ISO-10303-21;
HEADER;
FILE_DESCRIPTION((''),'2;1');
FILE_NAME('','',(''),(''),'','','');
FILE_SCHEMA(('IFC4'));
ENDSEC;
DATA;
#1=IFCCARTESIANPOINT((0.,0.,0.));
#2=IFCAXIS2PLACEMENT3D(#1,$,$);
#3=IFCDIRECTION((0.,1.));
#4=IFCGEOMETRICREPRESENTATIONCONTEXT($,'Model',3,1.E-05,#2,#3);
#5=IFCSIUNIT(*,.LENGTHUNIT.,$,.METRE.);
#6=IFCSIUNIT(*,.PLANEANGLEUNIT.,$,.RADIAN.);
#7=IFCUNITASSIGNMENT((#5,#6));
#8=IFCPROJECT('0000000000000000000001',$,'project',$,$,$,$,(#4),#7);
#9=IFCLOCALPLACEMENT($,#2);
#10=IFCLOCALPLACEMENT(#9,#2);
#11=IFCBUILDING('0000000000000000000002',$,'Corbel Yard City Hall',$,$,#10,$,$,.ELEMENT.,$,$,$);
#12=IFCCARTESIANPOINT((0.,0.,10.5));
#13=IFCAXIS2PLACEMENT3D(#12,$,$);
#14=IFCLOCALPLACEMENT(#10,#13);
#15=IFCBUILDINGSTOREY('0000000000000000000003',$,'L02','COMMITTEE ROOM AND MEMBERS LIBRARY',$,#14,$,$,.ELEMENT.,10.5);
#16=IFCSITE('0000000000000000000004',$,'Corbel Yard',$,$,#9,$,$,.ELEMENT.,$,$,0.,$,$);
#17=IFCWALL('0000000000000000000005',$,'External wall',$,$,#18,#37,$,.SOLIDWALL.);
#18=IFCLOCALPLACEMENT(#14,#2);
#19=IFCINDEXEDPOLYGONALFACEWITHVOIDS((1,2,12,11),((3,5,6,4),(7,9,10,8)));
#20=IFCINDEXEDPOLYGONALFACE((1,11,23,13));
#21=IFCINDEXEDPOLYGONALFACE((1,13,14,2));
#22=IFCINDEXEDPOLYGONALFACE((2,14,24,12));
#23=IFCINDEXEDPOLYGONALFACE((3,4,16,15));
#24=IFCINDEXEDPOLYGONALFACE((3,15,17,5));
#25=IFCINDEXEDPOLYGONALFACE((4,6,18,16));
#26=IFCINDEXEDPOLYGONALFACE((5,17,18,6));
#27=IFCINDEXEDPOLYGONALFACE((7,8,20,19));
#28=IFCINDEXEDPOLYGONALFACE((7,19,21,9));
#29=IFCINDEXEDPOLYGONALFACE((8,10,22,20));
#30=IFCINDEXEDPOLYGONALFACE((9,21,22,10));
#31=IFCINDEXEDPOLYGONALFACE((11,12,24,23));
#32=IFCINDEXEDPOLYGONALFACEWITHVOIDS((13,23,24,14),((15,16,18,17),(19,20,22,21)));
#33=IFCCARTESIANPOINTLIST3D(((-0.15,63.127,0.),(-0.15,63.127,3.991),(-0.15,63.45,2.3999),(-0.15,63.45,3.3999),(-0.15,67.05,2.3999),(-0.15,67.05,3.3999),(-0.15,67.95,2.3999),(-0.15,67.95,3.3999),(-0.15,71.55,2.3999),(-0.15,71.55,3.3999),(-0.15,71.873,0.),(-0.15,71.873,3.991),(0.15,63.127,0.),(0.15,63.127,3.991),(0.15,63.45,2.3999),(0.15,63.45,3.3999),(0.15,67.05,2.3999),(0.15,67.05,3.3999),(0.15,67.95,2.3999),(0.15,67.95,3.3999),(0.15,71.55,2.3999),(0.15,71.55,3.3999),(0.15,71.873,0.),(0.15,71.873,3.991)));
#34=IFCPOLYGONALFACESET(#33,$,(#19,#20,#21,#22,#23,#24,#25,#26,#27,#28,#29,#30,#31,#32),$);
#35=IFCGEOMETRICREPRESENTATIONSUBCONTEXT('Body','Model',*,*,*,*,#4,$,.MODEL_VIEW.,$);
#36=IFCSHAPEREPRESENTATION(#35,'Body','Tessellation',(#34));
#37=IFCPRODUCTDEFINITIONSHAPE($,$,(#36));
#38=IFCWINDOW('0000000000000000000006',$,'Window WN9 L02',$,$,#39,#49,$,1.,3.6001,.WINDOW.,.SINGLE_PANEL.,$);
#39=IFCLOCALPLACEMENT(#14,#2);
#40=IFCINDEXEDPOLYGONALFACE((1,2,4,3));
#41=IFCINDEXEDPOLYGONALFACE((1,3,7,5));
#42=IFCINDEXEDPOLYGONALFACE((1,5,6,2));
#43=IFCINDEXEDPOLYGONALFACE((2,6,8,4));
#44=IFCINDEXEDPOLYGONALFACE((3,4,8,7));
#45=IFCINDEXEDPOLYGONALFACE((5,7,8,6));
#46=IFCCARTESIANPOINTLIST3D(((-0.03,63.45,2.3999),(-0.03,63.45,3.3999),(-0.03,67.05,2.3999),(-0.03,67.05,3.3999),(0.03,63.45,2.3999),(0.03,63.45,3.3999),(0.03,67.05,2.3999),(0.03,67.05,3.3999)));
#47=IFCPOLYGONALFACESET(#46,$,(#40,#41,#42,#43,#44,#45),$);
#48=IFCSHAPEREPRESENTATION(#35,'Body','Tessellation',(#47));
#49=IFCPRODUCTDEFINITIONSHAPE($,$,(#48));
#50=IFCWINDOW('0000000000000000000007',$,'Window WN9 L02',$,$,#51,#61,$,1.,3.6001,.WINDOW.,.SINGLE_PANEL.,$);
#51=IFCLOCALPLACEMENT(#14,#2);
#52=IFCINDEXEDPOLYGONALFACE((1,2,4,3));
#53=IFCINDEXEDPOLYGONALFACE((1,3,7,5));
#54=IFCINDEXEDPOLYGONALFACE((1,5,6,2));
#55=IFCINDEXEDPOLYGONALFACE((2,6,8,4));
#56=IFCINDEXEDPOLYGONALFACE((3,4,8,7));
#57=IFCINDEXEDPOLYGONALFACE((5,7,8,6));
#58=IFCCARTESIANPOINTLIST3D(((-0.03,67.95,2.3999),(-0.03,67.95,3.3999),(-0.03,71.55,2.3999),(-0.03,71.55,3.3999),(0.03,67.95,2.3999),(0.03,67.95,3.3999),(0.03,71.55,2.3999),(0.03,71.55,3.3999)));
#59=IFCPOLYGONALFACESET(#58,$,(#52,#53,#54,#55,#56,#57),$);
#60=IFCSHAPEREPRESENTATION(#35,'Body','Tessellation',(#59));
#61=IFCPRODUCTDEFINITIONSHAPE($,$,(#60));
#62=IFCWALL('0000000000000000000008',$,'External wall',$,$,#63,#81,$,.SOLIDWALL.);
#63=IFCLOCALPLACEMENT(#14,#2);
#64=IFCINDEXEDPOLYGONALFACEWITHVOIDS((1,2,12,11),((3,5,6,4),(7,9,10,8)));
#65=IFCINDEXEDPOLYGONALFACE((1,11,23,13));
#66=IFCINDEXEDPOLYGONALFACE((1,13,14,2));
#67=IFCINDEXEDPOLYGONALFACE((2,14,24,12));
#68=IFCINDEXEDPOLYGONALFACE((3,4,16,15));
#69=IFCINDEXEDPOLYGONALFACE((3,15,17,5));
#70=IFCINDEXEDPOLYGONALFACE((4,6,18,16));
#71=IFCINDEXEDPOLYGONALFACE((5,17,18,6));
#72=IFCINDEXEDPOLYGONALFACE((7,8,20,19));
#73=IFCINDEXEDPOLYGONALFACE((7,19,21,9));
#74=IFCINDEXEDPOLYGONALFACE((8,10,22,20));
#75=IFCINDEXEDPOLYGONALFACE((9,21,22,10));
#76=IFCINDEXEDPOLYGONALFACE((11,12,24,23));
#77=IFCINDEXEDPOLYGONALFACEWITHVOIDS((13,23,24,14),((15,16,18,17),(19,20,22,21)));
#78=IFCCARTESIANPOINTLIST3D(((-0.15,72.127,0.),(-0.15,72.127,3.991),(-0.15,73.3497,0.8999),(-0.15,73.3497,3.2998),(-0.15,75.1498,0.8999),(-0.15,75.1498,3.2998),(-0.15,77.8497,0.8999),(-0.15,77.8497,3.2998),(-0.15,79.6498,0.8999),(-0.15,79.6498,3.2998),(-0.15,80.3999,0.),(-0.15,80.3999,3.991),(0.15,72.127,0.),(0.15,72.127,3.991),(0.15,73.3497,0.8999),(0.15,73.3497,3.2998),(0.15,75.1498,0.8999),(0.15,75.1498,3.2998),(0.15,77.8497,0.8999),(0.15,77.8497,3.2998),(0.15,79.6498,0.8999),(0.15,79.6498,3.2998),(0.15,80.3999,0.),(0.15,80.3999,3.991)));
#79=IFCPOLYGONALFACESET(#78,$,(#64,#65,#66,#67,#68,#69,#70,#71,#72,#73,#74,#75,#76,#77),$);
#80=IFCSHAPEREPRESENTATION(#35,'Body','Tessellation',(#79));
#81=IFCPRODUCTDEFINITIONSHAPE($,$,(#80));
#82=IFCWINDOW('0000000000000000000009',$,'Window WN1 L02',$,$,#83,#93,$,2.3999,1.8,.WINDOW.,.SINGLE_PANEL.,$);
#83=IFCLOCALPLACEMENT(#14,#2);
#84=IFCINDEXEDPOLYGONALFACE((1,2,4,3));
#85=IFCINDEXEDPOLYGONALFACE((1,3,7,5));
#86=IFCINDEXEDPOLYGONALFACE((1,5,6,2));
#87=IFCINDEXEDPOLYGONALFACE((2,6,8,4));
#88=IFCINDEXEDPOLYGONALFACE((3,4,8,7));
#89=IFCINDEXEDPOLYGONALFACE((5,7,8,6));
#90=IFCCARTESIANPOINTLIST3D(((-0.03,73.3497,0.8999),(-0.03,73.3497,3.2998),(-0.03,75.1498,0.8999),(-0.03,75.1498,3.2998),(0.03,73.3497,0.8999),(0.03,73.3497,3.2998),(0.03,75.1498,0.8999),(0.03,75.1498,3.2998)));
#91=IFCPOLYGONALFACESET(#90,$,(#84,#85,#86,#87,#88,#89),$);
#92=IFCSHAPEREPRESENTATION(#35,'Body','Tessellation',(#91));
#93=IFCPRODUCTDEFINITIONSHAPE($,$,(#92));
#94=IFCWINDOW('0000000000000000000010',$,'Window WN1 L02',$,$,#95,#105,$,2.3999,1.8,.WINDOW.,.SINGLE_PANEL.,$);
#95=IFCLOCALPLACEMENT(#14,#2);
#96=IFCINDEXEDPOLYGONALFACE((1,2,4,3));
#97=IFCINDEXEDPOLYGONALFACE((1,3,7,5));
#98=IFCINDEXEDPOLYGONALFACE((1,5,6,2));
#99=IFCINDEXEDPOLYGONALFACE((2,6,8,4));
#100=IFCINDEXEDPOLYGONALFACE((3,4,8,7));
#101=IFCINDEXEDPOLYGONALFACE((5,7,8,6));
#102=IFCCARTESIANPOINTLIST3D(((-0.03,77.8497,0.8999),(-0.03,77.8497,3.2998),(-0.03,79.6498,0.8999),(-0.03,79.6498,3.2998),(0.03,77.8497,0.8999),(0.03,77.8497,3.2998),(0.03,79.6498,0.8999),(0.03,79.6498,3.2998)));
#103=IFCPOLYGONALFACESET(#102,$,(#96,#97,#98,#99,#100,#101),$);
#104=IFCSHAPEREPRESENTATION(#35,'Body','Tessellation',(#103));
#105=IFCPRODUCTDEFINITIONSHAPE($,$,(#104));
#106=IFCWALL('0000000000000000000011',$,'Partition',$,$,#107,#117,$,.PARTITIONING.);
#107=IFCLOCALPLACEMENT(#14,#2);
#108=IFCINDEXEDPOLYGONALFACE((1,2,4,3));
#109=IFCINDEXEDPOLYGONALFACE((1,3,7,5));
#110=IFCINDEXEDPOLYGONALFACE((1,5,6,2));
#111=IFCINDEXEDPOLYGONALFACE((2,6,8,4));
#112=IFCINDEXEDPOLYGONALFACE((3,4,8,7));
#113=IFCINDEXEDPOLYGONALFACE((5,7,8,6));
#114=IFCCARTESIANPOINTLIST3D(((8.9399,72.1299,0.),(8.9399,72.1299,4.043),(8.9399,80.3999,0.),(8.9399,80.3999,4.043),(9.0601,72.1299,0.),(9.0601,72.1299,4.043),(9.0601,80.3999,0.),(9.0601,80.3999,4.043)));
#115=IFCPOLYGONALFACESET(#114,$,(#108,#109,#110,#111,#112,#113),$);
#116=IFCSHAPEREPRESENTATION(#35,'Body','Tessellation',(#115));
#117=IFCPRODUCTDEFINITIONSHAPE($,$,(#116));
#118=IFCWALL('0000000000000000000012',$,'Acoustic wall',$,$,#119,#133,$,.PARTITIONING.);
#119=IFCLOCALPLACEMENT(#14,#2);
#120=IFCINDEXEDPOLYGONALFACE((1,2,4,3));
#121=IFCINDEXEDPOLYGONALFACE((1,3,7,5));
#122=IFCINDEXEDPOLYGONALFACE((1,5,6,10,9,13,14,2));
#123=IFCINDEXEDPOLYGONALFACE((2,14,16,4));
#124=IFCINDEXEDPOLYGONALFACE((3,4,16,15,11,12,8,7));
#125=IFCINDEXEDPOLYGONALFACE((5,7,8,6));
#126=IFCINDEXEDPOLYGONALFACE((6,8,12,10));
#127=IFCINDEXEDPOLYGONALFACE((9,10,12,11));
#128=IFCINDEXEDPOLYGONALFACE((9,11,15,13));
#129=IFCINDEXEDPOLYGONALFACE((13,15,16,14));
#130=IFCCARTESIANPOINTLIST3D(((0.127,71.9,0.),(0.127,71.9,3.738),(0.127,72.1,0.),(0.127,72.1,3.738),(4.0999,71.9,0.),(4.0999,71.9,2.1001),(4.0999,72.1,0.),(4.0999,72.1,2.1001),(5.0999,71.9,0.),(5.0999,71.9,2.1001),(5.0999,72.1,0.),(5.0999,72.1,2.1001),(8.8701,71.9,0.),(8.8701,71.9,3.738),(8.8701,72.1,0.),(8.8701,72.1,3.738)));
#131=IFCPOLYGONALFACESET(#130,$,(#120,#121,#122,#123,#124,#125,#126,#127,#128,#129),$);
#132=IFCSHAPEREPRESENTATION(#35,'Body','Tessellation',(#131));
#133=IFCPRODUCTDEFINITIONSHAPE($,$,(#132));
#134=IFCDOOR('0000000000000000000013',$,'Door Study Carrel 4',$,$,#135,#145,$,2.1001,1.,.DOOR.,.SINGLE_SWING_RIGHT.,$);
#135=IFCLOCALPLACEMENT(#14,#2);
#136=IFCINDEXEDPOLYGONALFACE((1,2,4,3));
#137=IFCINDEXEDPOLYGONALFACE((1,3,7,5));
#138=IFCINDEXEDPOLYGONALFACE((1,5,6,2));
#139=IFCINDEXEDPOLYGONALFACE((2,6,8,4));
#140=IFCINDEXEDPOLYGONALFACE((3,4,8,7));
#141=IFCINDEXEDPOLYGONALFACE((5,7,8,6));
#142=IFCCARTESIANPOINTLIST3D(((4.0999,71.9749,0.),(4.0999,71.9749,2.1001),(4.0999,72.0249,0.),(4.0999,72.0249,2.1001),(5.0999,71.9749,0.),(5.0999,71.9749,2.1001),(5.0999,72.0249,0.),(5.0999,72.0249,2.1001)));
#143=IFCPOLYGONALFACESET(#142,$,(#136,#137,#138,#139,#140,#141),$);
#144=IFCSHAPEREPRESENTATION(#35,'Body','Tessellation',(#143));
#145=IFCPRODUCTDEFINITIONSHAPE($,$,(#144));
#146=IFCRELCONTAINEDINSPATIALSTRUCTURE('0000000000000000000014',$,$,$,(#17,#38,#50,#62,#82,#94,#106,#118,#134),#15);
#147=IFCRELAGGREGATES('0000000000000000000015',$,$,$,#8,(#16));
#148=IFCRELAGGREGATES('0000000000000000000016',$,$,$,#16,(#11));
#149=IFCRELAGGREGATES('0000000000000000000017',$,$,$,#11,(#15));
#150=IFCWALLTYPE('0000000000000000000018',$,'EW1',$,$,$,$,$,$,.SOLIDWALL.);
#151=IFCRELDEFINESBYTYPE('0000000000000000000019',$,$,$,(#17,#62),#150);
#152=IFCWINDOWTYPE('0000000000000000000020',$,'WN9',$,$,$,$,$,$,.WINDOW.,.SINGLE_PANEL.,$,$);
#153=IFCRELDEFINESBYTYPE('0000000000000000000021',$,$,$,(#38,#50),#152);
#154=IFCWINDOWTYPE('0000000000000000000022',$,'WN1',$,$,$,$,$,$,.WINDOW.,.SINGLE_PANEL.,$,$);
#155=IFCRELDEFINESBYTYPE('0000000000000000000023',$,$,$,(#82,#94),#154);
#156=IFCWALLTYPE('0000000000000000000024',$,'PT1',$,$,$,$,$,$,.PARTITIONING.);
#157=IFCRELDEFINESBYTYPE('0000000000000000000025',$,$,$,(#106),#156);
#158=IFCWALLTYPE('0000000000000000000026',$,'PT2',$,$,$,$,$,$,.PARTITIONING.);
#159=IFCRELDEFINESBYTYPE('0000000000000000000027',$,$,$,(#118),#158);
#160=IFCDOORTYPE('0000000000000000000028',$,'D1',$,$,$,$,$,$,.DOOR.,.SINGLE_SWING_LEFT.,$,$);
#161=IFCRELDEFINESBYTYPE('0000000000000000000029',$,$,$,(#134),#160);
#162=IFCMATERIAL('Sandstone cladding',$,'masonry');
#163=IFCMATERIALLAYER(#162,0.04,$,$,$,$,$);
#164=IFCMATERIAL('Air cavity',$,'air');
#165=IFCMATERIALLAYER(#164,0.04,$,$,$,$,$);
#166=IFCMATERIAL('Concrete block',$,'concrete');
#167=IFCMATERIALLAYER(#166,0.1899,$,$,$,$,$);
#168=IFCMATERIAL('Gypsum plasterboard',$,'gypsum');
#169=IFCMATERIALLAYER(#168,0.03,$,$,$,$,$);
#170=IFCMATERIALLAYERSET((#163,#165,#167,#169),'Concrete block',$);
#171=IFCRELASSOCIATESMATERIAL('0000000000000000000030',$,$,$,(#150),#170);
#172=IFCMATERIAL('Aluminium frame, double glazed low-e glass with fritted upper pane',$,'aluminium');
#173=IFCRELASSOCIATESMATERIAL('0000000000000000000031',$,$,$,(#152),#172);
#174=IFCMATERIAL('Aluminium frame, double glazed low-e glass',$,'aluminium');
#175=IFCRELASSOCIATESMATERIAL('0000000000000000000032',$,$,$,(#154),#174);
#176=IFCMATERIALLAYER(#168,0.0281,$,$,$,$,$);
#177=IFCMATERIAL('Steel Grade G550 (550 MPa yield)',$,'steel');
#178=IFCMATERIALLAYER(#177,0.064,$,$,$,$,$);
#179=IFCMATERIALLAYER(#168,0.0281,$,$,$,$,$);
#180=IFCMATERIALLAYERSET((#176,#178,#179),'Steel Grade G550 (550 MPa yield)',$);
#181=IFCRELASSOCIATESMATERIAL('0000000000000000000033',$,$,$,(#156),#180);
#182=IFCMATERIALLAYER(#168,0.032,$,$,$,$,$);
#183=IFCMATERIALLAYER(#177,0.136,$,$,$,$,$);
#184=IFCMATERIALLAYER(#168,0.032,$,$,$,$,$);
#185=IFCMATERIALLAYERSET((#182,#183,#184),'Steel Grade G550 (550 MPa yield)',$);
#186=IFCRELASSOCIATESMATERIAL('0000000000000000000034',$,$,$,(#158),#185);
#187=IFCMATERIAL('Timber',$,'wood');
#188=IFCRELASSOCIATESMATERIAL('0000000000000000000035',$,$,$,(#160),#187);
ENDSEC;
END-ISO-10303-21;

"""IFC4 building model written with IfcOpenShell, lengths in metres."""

from ifc_helpers import new_model, si_unit, direction, frame, frame_2d, origin, place, context, subcontext, project, spatial, rectangle, extrude, material, layer, layer_set, type_object, element, fill, save


model = new_model("IFC4")

# Units and contexts
model_context = context("Model", 3, precision=1e-05, world=origin(), true_north=direction((0.0, 1.0)))
body_context = subcontext(model_context, "Body", "Model", "MODEL_VIEW")
ifc_project = project(units=[si_unit("LENGTHUNIT", "METRE"), si_unit("PLANEANGLEUNIT", "RADIAN")], contexts=[model_context])

# Site, building, storey
site_placement = place(None, origin())
site = spatial("IfcSite", under=ifc_project, at=site_placement, Name="Corbel Yard", CompositionType="ELEMENT", RefElevation=0.0)
building_placement = place(site_placement, origin())
building = spatial("IfcBuilding", under=site, at=building_placement, Name="Corbel Yard City Hall", CompositionType="ELEMENT")
storey_placement = place(building_placement, frame((0.0, 0.0, 10.5)))
storey = spatial("IfcBuildingStorey", under=building, at=storey_placement, Name="L02", Description="COMMITTEE ROOM AND MEMBERS LIBRARY", CompositionType="ELEMENT", Elevation=10.5)

# Walls, openings, windows
ifc_material_1 = material(Name="Sandstone cladding", Category="masonry")
ifc_layer_1 = layer(ifc_material_1, 0.04)
ifc_material_2 = material(Name="Air cavity", Category="air")
ifc_layer_2 = layer(ifc_material_2, 0.04)
ifc_material_3 = material(Name="Concrete block", Category="concrete")
ifc_layer_3 = layer(ifc_material_3, 0.1899)
ifc_material_4 = material(Name="Gypsum plasterboard", Category="gypsum")
ifc_layer_4 = layer(ifc_material_4, 0.03)
ifc_layer_set_1 = layer_set([ifc_layer_1, ifc_layer_2, ifc_layer_3, ifc_layer_4], Name="Concrete block")
wall_type_1 = type_object("IfcWallType", Name="EW1", PredefinedType="SOLIDWALL", material=ifc_layer_set_1)
wall_1_placement = place(storey_placement, frame((0.0, 63.127, 0.0), z_axis=(0.0, 0.0, 1.0), x_axis=(0.0, 1.0, 0.0)))
wall_1 = element("IfcWall", 1, at=wall_1_placement, inside=storey, type_object=wall_type_1, Name="External wall", PredefinedType="SOLIDWALL", context=body_context, shape_type="SweptSolid", body=[
    extrude(rectangle(XDim=8.7461, YDim=0.3, at=frame_2d((4.373, 0.0))), origin(), (0.0, 0.0, 1.0), 3.991),
])
opening_1_placement = place(wall_1_placement, frame((0.323, 0.0, 2.3999)))
opening_1 = element("IfcOpeningElement", 2, at=opening_1_placement, cuts=wall_1, PredefinedType="OPENING", context=body_context, shape_type="SweptSolid", body=[
    extrude(rectangle(XDim=3.6001, YDim=1.0, at=frame_2d((1.8, 0.5))), frame((0.0, 0.1599, 0.0), z_axis=(0.0, -1.0, 0.0), x_axis=(1.0, 0.0, 0.0)), (0.0, 0.0, 1.0), 0.3201),
])
opening_2_placement = place(wall_1_placement, frame((4.823, 0.0, 2.3999)))
opening_2 = element("IfcOpeningElement", 3, at=opening_2_placement, cuts=wall_1, PredefinedType="OPENING", context=body_context, shape_type="SweptSolid", body=[
    extrude(rectangle(XDim=3.6001, YDim=1.0, at=frame_2d((1.8, 0.5))), frame((0.0, 0.1599, 0.0), z_axis=(0.0, -1.0, 0.0), x_axis=(1.0, 0.0, 0.0)), (0.0, 0.0, 1.0), 0.3201),
])
ifc_material_5 = material(Name="Aluminium frame, double glazed low-e glass with fritted upper pane", Category="aluminium")
window_type_1 = type_object("IfcWindowType", Name="WN9", PartitioningType="SINGLE_PANEL", PredefinedType="WINDOW", material=ifc_material_5)
window_1_placement = place(opening_1_placement, origin())
window_1 = element("IfcWindow", 4, at=window_1_placement, inside=storey, type_object=window_type_1, Name="Window WN9 L02", OverallHeight=1.0, OverallWidth=3.6001, PartitioningType="SINGLE_PANEL", PredefinedType="WINDOW", context=body_context, shape_type="SweptSolid", body=[
    extrude(rectangle(XDim=3.6001, YDim=1.0, at=frame_2d((1.8, 0.5))), frame((0.0, 0.03, 0.0), z_axis=(0.0, -1.0, 0.0), x_axis=(1.0, 0.0, 0.0)), (0.0, 0.0, 1.0), 0.0601),
])
fill(opening_1, window_1)
window_2_placement = place(opening_2_placement, origin())
window_2 = element("IfcWindow", 5, at=window_2_placement, inside=storey, type_object=window_type_1, Name="Window WN9 L02", OverallHeight=1.0, OverallWidth=3.6001, PartitioningType="SINGLE_PANEL", PredefinedType="WINDOW", context=body_context, shape_type="SweptSolid", body=[
    extrude(rectangle(XDim=3.6001, YDim=1.0, at=frame_2d((1.8, 0.5))), frame((0.0, 0.03, 0.0), z_axis=(0.0, -1.0, 0.0), x_axis=(1.0, 0.0, 0.0)), (0.0, 0.0, 1.0), 0.0601),
])
fill(opening_2, window_2)
wall_2_placement = place(storey_placement, frame((0.0, 72.127, 0.0), z_axis=(0.0, 0.0, 1.0), x_axis=(0.0, 1.0, 0.0)))
wall_2 = element("IfcWall", 6, at=wall_2_placement, inside=storey, type_object=wall_type_1, Name="External wall", PredefinedType="SOLIDWALL", context=body_context, shape_type="SweptSolid", body=[
    extrude(rectangle(XDim=8.2729, YDim=0.3, at=frame_2d((4.1365, 0.0))), origin(), (0.0, 0.0, 1.0), 3.991),
])
opening_3_placement = place(wall_2_placement, frame((1.2229, 0.0, 0.8999)))
opening_3 = element("IfcOpeningElement", 7, at=opening_3_placement, cuts=wall_2, PredefinedType="OPENING", context=body_context, shape_type="SweptSolid", body=[
    extrude(rectangle(XDim=1.8, YDim=2.3999, at=frame_2d((0.8999, 1.2))), frame((0.0, 0.1599, 0.0), z_axis=(0.0, -1.0, 0.0), x_axis=(1.0, 0.0, 0.0)), (0.0, 0.0, 1.0), 0.3201),
])
opening_4_placement = place(wall_2_placement, frame((5.7229, 0.0, 0.8999)))
opening_4 = element("IfcOpeningElement", 8, at=opening_4_placement, cuts=wall_2, PredefinedType="OPENING", context=body_context, shape_type="SweptSolid", body=[
    extrude(rectangle(XDim=1.8, YDim=2.3999, at=frame_2d((0.8999, 1.2))), frame((0.0, 0.1599, 0.0), z_axis=(0.0, -1.0, 0.0), x_axis=(1.0, 0.0, 0.0)), (0.0, 0.0, 1.0), 0.3201),
])
ifc_material_6 = material(Name="Aluminium frame, double glazed low-e glass", Category="aluminium")
window_type_2 = type_object("IfcWindowType", Name="WN1", PartitioningType="SINGLE_PANEL", PredefinedType="WINDOW", material=ifc_material_6)
window_3_placement = place(opening_3_placement, origin())
window_3 = element("IfcWindow", 9, at=window_3_placement, inside=storey, type_object=window_type_2, Name="Window WN1 L02", OverallHeight=2.3999, OverallWidth=1.8, PartitioningType="SINGLE_PANEL", PredefinedType="WINDOW", context=body_context, shape_type="SweptSolid", body=[
    extrude(rectangle(XDim=1.8, YDim=2.3999, at=frame_2d((0.8999, 1.2))), frame((0.0, 0.03, 0.0), z_axis=(0.0, -1.0, 0.0), x_axis=(1.0, 0.0, 0.0)), (0.0, 0.0, 1.0), 0.0601),
])
fill(opening_3, window_3)
window_4_placement = place(opening_4_placement, origin())
window_4 = element("IfcWindow", 10, at=window_4_placement, inside=storey, type_object=window_type_2, Name="Window WN1 L02", OverallHeight=2.3999, OverallWidth=1.8, PartitioningType="SINGLE_PANEL", PredefinedType="WINDOW", context=body_context, shape_type="SweptSolid", body=[
    extrude(rectangle(XDim=1.8, YDim=2.3999, at=frame_2d((0.8999, 1.2))), frame((0.0, 0.03, 0.0), z_axis=(0.0, -1.0, 0.0), x_axis=(1.0, 0.0, 0.0)), (0.0, 0.0, 1.0), 0.0601),
])
fill(opening_4, window_4)

# Wall
ifc_layer_5 = layer(ifc_material_4, 0.0281)
ifc_material_7 = material(Name="Steel Grade G550 (550 MPa yield)", Category="steel")
ifc_layer_6 = layer(ifc_material_7, 0.064)
ifc_layer_7 = layer(ifc_material_4, 0.0281)
ifc_layer_set_2 = layer_set([ifc_layer_5, ifc_layer_6, ifc_layer_7], Name="Steel Grade G550 (550 MPa yield)")
wall_type_2 = type_object("IfcWallType", Name="PT1", PredefinedType="PARTITIONING", material=ifc_layer_set_2)
wall_3_placement = place(storey_placement, frame((9.0, 72.1299, 0.0), z_axis=(0.0, 0.0, 1.0), x_axis=(0.0, 1.0, 0.0)))
element("IfcWall", 11, at=wall_3_placement, inside=storey, type_object=wall_type_2, Name="Partition", PredefinedType="PARTITIONING", context=body_context, shape_type="SweptSolid", body=[
    extrude(rectangle(XDim=8.27, YDim=0.1201, at=frame_2d((4.135, 0.0))), origin(), (0.0, 0.0, 1.0), 4.043),
])

# Wall, opening, door
ifc_layer_8 = layer(ifc_material_4, 0.032)
ifc_layer_9 = layer(ifc_material_7, 0.136)
ifc_layer_10 = layer(ifc_material_4, 0.032)
ifc_layer_set_3 = layer_set([ifc_layer_8, ifc_layer_9, ifc_layer_10], Name="Steel Grade G550 (550 MPa yield)")
wall_type_3 = type_object("IfcWallType", Name="PT2", PredefinedType="PARTITIONING", material=ifc_layer_set_3)
wall_4_placement = place(storey_placement, frame((0.127, 72.0, 0.0), z_axis=(0.0, 0.0, 1.0), x_axis=(1.0, 0.0, 0.0)))
wall_4 = element("IfcWall", 12, at=wall_4_placement, inside=storey, type_object=wall_type_3, Name="Acoustic wall", PredefinedType="PARTITIONING", context=body_context, shape_type="SweptSolid", body=[
    extrude(rectangle(XDim=8.7432, YDim=0.2, at=frame_2d((4.3716, 0.0))), origin(), (0.0, 0.0, 1.0), 3.738),
])
opening_5_placement = place(wall_4_placement, frame((3.9729, 0.0, 0.0)))
opening_5 = element("IfcOpeningElement", 13, at=opening_5_placement, cuts=wall_4, PredefinedType="OPENING", context=body_context, shape_type="SweptSolid", body=[
    extrude(rectangle(XDim=1.0, YDim=2.1001, at=frame_2d((0.5, 1.05))), frame((0.0, 0.1099, 0.0), z_axis=(0.0, -1.0, 0.0), x_axis=(1.0, 0.0, 0.0)), (0.0, 0.0, 1.0), 0.22),
])
ifc_material_8 = material(Name="Timber", Category="wood")
door_type = type_object("IfcDoorType", Name="D1", OperationType="SINGLE_SWING_LEFT", PredefinedType="DOOR", material=ifc_material_8)
door_1_placement = place(opening_5_placement, origin())
door_1 = element("IfcDoor", 14, at=door_1_placement, inside=storey, type_object=door_type, Name="Door Study Carrel 4", OperationType="SINGLE_SWING_RIGHT", OverallHeight=2.1001, OverallWidth=1.0, PredefinedType="DOOR", context=body_context, shape_type="SweptSolid", body=[
    extrude(rectangle(XDim=1.0, YDim=2.1001, at=frame_2d((0.5, 1.05))), frame((0.0, 0.0249, 0.0), z_axis=(0.0, -1.0, 0.0), x_axis=(1.0, 0.0, 0.0)), (0.0, 0.0, 1.0), 0.05),
])
fill(opening_5, door_1)

save(model, "model.ifc")
